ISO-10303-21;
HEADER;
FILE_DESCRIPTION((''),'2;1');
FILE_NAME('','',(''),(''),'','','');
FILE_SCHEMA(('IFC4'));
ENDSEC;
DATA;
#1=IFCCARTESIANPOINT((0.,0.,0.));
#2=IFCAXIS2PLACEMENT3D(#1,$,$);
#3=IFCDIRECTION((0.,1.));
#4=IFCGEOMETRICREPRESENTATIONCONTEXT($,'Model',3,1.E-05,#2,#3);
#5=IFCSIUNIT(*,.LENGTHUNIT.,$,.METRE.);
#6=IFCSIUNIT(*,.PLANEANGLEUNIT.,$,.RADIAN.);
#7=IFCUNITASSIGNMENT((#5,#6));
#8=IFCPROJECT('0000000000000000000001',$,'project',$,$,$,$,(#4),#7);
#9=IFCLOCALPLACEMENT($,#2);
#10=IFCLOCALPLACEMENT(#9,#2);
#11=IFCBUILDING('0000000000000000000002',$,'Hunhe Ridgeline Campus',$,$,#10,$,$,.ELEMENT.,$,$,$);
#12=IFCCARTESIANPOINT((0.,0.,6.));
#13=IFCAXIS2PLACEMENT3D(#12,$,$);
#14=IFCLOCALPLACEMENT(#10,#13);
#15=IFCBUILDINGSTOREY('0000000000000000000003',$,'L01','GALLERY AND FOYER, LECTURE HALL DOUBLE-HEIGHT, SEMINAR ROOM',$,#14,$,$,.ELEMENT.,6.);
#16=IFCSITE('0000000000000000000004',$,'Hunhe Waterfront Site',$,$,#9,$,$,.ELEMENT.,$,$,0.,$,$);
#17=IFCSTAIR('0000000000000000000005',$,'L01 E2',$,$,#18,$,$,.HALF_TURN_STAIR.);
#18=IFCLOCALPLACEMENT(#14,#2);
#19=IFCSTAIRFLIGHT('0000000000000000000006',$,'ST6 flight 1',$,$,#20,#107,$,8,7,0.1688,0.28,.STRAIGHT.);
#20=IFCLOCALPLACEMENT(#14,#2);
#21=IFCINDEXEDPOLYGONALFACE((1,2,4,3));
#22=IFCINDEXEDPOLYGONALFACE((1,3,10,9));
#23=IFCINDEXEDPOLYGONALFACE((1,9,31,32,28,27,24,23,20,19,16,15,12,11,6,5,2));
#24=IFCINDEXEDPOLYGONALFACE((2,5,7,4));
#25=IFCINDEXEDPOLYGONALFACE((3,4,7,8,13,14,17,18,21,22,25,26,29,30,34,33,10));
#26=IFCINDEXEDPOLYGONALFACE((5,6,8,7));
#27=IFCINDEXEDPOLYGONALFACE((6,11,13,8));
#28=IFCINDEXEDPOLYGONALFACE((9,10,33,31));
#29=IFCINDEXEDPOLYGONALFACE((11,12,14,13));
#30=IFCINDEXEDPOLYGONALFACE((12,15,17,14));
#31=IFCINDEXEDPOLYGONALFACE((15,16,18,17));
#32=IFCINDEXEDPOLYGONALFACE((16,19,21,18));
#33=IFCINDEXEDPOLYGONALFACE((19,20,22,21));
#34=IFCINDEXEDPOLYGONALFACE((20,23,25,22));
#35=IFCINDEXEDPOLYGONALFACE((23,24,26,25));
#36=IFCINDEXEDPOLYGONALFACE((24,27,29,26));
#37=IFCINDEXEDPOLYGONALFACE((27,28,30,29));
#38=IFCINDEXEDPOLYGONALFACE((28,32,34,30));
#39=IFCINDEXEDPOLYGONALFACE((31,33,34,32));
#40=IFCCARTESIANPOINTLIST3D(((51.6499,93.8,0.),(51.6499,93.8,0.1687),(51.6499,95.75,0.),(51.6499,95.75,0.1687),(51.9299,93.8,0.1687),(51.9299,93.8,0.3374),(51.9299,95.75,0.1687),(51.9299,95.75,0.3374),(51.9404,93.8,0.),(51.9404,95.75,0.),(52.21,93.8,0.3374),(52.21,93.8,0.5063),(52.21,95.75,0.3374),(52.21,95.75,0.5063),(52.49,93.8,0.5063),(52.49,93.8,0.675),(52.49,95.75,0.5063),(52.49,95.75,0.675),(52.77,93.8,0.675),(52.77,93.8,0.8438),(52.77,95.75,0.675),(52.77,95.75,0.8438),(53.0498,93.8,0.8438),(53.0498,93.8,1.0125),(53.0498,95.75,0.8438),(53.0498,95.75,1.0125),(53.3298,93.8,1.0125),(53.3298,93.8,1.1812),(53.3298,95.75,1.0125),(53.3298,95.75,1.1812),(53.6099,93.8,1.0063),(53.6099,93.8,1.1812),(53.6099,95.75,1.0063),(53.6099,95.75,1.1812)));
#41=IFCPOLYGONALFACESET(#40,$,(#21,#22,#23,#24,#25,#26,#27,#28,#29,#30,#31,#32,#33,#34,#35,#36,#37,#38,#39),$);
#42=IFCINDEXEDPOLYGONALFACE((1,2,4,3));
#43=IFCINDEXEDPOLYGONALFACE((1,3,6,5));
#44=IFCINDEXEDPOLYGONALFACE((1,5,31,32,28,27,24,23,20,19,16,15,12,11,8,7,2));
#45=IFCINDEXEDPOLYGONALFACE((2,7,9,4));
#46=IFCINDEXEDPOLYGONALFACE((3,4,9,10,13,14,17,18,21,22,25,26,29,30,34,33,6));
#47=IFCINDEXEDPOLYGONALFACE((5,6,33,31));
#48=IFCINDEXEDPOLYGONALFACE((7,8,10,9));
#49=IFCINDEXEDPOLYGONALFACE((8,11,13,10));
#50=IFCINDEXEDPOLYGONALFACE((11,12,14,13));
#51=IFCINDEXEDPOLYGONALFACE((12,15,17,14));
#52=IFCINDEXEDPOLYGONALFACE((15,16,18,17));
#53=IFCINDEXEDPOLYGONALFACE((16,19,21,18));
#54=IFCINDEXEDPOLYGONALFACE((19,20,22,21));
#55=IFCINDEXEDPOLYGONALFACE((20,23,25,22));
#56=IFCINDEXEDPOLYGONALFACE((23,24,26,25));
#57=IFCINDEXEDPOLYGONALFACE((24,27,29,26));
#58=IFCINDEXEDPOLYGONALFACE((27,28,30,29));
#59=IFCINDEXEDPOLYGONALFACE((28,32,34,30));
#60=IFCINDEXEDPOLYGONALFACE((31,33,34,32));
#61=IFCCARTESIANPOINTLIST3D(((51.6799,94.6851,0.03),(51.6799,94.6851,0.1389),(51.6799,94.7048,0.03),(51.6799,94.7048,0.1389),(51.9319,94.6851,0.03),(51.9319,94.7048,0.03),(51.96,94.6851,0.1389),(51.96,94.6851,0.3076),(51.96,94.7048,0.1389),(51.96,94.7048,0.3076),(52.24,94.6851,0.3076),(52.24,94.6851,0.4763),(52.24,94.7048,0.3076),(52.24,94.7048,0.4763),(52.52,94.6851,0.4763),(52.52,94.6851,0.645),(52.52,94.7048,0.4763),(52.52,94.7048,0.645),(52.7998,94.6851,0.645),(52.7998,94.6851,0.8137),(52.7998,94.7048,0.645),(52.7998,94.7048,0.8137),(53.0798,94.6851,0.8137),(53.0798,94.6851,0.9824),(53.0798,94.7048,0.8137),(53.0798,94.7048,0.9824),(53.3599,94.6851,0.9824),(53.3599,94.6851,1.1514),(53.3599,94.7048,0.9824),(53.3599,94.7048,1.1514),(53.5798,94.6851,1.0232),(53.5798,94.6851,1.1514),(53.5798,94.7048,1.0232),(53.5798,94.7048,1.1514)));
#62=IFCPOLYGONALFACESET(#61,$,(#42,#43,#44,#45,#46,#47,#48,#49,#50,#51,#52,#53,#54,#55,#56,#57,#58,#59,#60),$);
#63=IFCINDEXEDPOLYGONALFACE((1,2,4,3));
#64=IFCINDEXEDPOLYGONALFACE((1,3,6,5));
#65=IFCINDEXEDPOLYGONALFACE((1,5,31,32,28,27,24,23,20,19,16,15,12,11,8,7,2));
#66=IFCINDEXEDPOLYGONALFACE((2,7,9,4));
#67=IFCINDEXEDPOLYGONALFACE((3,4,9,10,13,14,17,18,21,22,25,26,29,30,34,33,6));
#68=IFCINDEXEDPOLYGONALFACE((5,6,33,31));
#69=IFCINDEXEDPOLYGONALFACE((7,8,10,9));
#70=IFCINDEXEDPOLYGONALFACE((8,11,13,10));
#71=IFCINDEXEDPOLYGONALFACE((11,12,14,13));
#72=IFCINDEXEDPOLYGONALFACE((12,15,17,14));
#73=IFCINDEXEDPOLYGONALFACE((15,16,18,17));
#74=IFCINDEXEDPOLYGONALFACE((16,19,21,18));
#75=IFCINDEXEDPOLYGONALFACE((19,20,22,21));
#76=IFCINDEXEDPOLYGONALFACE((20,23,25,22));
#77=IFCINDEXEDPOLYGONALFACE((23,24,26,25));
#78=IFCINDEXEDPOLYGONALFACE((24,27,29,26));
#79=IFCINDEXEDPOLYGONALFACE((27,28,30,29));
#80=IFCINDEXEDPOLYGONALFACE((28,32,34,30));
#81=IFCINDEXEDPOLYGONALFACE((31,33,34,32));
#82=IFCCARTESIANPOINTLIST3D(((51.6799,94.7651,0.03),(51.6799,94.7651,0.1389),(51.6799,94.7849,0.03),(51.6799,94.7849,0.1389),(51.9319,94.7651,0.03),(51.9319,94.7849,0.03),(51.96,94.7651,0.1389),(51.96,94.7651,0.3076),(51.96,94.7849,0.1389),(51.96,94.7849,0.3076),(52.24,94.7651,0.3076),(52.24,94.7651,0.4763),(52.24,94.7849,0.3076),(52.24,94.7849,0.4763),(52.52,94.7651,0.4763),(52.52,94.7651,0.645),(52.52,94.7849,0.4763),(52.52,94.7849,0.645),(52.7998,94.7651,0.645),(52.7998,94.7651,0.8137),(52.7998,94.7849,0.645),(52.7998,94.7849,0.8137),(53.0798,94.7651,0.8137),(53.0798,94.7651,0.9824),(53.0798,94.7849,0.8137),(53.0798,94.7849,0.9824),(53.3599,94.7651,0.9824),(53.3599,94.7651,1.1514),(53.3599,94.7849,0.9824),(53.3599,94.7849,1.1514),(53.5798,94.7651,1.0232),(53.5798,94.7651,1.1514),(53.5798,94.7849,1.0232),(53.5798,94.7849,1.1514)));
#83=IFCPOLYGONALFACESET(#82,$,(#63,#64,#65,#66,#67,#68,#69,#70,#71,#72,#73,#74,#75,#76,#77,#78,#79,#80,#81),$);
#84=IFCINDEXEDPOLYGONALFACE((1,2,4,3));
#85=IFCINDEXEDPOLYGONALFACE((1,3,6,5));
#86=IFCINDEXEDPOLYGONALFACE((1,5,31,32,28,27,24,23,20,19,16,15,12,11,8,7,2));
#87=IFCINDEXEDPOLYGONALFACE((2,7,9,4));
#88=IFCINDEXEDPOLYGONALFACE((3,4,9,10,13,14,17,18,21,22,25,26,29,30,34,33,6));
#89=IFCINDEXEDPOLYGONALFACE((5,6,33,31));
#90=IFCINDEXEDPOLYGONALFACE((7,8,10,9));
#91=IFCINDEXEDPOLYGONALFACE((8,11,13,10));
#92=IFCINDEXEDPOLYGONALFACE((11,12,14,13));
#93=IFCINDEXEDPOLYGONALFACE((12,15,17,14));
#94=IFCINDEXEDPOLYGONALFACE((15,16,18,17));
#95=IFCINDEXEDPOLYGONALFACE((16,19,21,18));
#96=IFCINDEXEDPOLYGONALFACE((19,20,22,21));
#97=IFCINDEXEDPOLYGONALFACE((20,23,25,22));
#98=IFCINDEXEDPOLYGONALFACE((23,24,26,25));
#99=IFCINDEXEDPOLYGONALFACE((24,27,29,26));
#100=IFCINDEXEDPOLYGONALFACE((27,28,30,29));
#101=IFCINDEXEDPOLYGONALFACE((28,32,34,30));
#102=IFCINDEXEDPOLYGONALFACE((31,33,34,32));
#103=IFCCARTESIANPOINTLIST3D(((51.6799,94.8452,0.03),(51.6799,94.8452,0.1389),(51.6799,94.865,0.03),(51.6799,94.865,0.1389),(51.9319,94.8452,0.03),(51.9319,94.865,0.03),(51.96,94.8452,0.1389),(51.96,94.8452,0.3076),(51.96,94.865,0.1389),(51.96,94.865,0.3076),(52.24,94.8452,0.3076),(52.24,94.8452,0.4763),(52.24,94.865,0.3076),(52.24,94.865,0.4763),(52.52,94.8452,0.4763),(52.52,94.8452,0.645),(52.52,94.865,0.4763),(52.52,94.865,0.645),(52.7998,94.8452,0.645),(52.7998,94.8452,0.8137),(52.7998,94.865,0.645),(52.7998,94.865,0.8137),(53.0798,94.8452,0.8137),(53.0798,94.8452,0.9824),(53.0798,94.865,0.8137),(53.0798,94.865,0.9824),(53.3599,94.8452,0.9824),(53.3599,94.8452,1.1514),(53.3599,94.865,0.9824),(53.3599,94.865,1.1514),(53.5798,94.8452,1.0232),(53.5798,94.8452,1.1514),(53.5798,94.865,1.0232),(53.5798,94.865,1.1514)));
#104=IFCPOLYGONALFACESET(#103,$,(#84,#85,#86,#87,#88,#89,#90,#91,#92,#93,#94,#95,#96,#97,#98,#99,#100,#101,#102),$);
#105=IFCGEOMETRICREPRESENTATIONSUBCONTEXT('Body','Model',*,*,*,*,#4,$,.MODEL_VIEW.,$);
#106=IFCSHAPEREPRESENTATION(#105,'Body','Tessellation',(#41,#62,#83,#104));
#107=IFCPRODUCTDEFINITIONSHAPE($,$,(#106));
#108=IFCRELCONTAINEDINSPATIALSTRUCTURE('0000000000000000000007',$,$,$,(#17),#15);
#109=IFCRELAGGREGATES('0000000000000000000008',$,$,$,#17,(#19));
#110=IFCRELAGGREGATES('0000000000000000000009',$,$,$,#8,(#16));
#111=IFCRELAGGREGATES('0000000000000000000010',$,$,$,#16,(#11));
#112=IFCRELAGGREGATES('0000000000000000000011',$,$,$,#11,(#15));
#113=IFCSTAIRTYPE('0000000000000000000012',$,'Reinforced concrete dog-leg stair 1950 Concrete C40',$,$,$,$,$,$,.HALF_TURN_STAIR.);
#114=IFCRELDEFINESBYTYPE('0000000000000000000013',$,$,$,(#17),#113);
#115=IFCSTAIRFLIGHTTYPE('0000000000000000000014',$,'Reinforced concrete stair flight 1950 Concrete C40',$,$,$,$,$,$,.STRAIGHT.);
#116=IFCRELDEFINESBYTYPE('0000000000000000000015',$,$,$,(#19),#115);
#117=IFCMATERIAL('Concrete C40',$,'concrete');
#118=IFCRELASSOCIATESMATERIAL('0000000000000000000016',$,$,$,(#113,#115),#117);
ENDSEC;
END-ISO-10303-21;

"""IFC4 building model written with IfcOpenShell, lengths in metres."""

from ifc_helpers import new_model, si_unit, direction, frame, origin, place, context, subcontext, project, spatial, polyline, outline, extrude, material, type_object, element, aggregate, save


model = new_model("IFC4")

# Units and contexts
model_context = context("Model", 3, precision=1e-05, world=origin(), true_north=direction((0.0, 1.0)))
body_context = subcontext(model_context, "Body", "Model", "MODEL_VIEW")
ifc_project = project(units=[si_unit("LENGTHUNIT", "METRE"), si_unit("PLANEANGLEUNIT", "RADIAN")], contexts=[model_context])

# Site, building, storey
site_placement = place(None, origin())
site = spatial("IfcSite", under=ifc_project, at=site_placement, Name="Hunhe Waterfront Site", CompositionType="ELEMENT", RefElevation=0.0)
building_placement = place(site_placement, origin())
building = spatial("IfcBuilding", under=site, at=building_placement, Name="Hunhe Ridgeline Campus", CompositionType="ELEMENT")
storey_placement = place(building_placement, frame((0.0, 0.0, 6.0)))
storey = spatial("IfcBuildingStorey", under=building, at=storey_placement, Name="L01", Description="GALLERY AND FOYER, LECTURE HALL DOUBLE-HEIGHT, SEMINAR ROOM", CompositionType="ELEMENT", Elevation=6.0)

# Stair, stair flight
ifc_material_1 = material(Name="Concrete C40", Category="concrete")
stair_type = type_object("IfcStairType", Name="Reinforced concrete dog-leg stair 1950 Concrete C40", PredefinedType="HALF_TURN_STAIR", material=ifc_material_1)
stair_placement = place(storey_placement, origin())
stair = element("IfcStair", 1, at=stair_placement, inside=storey, type_object=stair_type, Name="L01 E2", PredefinedType="HALF_TURN_STAIR")
stair_flight_type = type_object("IfcStairFlightType", Name="Reinforced concrete stair flight 1950 Concrete C40", PredefinedType="STRAIGHT", material=ifc_material_1)
stair_flight_1_placement = place(storey_placement, frame((51.6499, 94.7749, 0.0), z_axis=(0.0, 0.0, 1.0), x_axis=(1.0, 0.0, 0.0)))
stair_flight_1 = element("IfcStairFlight", 2, at=stair_flight_1_placement, type_object=stair_flight_type, Name="ST6 flight 1", NumberOfRisers=8, NumberOfTreads=7, PredefinedType="STRAIGHT", RiserHeight=0.1688, TreadLength=0.28, context=body_context, shape_type="SweptSolid", body=[
    extrude(outline(polyline([(0.0, 0.0), (0.0, 0.1687), (0.28, 0.1687), (0.28, 0.3374), (0.5601, 0.3374), (0.5601, 0.5063), (0.8401, 0.5063), (0.8401, 0.675), (1.1201, 0.675), (1.1201, 0.8438), (1.3999, 0.8438), (1.3999, 1.0125), (1.6799, 1.0125), (1.6799, 1.1812), (1.96, 1.1812), (1.96, 1.3501), (1.96, 1.0063), (0.2905, 0.0), (0.0, 0.0)])), frame((0.0, 0.9751, 0.0), z_axis=(0.0, -1.0, 0.0), x_axis=(1.0, 0.0, 0.0)), (0.0, 0.0, 1.0), 1.95),
    extrude(outline(polyline([(0.03, 0.03), (0.03, 0.1389), (0.3101, 0.1389), (0.3101, 0.3076), (0.5901, 0.3076), (0.5901, 0.4763), (0.8701, 0.4763), (0.8701, 0.645), (1.1499, 0.645), (1.1499, 0.8137), (1.4299, 0.8137), (1.4299, 0.9824), (1.71, 0.9824), (1.71, 1.1514), (1.9299, 1.1514), (1.9299, 1.0232), (0.282, 0.03), (0.03, 0.03)])), frame((0.0, -0.0701, 0.0), z_axis=(0.0, -1.0, 0.0), x_axis=(1.0, 0.0, 0.0)), (0.0, 0.0, 1.0), 0.0198),
    extrude(outline(polyline([(0.03, 0.03), (0.03, 0.1389), (0.3101, 0.1389), (0.3101, 0.3076), (0.5901, 0.3076), (0.5901, 0.4763), (0.8701, 0.4763), (0.8701, 0.645), (1.1499, 0.645), (1.1499, 0.8137), (1.4299, 0.8137), (1.4299, 0.9824), (1.71, 0.9824), (1.71, 1.1514), (1.9299, 1.1514), (1.9299, 1.0232), (0.282, 0.03), (0.03, 0.03)])), frame((0.0, 0.01, 0.0), z_axis=(0.0, -1.0, 0.0), x_axis=(1.0, 0.0, 0.0)), (0.0, 0.0, 1.0), 0.0198),
    extrude(outline(polyline([(0.03, 0.03), (0.03, 0.1389), (0.3101, 0.1389), (0.3101, 0.3076), (0.5901, 0.3076), (0.5901, 0.4763), (0.8701, 0.4763), (0.8701, 0.645), (1.1499, 0.645), (1.1499, 0.8137), (1.4299, 0.8137), (1.4299, 0.9824), (1.71, 0.9824), (1.71, 1.1514), (1.9299, 1.1514), (1.9299, 1.0232), (0.282, 0.03), (0.03, 0.03)])), frame((0.0, 0.0901, 0.0), z_axis=(0.0, -1.0, 0.0), x_axis=(1.0, 0.0, 0.0)), (0.0, 0.0, 1.0), 0.0198),
])
aggregate(stair, [stair_flight_1])

save(model, "model.ifc")
